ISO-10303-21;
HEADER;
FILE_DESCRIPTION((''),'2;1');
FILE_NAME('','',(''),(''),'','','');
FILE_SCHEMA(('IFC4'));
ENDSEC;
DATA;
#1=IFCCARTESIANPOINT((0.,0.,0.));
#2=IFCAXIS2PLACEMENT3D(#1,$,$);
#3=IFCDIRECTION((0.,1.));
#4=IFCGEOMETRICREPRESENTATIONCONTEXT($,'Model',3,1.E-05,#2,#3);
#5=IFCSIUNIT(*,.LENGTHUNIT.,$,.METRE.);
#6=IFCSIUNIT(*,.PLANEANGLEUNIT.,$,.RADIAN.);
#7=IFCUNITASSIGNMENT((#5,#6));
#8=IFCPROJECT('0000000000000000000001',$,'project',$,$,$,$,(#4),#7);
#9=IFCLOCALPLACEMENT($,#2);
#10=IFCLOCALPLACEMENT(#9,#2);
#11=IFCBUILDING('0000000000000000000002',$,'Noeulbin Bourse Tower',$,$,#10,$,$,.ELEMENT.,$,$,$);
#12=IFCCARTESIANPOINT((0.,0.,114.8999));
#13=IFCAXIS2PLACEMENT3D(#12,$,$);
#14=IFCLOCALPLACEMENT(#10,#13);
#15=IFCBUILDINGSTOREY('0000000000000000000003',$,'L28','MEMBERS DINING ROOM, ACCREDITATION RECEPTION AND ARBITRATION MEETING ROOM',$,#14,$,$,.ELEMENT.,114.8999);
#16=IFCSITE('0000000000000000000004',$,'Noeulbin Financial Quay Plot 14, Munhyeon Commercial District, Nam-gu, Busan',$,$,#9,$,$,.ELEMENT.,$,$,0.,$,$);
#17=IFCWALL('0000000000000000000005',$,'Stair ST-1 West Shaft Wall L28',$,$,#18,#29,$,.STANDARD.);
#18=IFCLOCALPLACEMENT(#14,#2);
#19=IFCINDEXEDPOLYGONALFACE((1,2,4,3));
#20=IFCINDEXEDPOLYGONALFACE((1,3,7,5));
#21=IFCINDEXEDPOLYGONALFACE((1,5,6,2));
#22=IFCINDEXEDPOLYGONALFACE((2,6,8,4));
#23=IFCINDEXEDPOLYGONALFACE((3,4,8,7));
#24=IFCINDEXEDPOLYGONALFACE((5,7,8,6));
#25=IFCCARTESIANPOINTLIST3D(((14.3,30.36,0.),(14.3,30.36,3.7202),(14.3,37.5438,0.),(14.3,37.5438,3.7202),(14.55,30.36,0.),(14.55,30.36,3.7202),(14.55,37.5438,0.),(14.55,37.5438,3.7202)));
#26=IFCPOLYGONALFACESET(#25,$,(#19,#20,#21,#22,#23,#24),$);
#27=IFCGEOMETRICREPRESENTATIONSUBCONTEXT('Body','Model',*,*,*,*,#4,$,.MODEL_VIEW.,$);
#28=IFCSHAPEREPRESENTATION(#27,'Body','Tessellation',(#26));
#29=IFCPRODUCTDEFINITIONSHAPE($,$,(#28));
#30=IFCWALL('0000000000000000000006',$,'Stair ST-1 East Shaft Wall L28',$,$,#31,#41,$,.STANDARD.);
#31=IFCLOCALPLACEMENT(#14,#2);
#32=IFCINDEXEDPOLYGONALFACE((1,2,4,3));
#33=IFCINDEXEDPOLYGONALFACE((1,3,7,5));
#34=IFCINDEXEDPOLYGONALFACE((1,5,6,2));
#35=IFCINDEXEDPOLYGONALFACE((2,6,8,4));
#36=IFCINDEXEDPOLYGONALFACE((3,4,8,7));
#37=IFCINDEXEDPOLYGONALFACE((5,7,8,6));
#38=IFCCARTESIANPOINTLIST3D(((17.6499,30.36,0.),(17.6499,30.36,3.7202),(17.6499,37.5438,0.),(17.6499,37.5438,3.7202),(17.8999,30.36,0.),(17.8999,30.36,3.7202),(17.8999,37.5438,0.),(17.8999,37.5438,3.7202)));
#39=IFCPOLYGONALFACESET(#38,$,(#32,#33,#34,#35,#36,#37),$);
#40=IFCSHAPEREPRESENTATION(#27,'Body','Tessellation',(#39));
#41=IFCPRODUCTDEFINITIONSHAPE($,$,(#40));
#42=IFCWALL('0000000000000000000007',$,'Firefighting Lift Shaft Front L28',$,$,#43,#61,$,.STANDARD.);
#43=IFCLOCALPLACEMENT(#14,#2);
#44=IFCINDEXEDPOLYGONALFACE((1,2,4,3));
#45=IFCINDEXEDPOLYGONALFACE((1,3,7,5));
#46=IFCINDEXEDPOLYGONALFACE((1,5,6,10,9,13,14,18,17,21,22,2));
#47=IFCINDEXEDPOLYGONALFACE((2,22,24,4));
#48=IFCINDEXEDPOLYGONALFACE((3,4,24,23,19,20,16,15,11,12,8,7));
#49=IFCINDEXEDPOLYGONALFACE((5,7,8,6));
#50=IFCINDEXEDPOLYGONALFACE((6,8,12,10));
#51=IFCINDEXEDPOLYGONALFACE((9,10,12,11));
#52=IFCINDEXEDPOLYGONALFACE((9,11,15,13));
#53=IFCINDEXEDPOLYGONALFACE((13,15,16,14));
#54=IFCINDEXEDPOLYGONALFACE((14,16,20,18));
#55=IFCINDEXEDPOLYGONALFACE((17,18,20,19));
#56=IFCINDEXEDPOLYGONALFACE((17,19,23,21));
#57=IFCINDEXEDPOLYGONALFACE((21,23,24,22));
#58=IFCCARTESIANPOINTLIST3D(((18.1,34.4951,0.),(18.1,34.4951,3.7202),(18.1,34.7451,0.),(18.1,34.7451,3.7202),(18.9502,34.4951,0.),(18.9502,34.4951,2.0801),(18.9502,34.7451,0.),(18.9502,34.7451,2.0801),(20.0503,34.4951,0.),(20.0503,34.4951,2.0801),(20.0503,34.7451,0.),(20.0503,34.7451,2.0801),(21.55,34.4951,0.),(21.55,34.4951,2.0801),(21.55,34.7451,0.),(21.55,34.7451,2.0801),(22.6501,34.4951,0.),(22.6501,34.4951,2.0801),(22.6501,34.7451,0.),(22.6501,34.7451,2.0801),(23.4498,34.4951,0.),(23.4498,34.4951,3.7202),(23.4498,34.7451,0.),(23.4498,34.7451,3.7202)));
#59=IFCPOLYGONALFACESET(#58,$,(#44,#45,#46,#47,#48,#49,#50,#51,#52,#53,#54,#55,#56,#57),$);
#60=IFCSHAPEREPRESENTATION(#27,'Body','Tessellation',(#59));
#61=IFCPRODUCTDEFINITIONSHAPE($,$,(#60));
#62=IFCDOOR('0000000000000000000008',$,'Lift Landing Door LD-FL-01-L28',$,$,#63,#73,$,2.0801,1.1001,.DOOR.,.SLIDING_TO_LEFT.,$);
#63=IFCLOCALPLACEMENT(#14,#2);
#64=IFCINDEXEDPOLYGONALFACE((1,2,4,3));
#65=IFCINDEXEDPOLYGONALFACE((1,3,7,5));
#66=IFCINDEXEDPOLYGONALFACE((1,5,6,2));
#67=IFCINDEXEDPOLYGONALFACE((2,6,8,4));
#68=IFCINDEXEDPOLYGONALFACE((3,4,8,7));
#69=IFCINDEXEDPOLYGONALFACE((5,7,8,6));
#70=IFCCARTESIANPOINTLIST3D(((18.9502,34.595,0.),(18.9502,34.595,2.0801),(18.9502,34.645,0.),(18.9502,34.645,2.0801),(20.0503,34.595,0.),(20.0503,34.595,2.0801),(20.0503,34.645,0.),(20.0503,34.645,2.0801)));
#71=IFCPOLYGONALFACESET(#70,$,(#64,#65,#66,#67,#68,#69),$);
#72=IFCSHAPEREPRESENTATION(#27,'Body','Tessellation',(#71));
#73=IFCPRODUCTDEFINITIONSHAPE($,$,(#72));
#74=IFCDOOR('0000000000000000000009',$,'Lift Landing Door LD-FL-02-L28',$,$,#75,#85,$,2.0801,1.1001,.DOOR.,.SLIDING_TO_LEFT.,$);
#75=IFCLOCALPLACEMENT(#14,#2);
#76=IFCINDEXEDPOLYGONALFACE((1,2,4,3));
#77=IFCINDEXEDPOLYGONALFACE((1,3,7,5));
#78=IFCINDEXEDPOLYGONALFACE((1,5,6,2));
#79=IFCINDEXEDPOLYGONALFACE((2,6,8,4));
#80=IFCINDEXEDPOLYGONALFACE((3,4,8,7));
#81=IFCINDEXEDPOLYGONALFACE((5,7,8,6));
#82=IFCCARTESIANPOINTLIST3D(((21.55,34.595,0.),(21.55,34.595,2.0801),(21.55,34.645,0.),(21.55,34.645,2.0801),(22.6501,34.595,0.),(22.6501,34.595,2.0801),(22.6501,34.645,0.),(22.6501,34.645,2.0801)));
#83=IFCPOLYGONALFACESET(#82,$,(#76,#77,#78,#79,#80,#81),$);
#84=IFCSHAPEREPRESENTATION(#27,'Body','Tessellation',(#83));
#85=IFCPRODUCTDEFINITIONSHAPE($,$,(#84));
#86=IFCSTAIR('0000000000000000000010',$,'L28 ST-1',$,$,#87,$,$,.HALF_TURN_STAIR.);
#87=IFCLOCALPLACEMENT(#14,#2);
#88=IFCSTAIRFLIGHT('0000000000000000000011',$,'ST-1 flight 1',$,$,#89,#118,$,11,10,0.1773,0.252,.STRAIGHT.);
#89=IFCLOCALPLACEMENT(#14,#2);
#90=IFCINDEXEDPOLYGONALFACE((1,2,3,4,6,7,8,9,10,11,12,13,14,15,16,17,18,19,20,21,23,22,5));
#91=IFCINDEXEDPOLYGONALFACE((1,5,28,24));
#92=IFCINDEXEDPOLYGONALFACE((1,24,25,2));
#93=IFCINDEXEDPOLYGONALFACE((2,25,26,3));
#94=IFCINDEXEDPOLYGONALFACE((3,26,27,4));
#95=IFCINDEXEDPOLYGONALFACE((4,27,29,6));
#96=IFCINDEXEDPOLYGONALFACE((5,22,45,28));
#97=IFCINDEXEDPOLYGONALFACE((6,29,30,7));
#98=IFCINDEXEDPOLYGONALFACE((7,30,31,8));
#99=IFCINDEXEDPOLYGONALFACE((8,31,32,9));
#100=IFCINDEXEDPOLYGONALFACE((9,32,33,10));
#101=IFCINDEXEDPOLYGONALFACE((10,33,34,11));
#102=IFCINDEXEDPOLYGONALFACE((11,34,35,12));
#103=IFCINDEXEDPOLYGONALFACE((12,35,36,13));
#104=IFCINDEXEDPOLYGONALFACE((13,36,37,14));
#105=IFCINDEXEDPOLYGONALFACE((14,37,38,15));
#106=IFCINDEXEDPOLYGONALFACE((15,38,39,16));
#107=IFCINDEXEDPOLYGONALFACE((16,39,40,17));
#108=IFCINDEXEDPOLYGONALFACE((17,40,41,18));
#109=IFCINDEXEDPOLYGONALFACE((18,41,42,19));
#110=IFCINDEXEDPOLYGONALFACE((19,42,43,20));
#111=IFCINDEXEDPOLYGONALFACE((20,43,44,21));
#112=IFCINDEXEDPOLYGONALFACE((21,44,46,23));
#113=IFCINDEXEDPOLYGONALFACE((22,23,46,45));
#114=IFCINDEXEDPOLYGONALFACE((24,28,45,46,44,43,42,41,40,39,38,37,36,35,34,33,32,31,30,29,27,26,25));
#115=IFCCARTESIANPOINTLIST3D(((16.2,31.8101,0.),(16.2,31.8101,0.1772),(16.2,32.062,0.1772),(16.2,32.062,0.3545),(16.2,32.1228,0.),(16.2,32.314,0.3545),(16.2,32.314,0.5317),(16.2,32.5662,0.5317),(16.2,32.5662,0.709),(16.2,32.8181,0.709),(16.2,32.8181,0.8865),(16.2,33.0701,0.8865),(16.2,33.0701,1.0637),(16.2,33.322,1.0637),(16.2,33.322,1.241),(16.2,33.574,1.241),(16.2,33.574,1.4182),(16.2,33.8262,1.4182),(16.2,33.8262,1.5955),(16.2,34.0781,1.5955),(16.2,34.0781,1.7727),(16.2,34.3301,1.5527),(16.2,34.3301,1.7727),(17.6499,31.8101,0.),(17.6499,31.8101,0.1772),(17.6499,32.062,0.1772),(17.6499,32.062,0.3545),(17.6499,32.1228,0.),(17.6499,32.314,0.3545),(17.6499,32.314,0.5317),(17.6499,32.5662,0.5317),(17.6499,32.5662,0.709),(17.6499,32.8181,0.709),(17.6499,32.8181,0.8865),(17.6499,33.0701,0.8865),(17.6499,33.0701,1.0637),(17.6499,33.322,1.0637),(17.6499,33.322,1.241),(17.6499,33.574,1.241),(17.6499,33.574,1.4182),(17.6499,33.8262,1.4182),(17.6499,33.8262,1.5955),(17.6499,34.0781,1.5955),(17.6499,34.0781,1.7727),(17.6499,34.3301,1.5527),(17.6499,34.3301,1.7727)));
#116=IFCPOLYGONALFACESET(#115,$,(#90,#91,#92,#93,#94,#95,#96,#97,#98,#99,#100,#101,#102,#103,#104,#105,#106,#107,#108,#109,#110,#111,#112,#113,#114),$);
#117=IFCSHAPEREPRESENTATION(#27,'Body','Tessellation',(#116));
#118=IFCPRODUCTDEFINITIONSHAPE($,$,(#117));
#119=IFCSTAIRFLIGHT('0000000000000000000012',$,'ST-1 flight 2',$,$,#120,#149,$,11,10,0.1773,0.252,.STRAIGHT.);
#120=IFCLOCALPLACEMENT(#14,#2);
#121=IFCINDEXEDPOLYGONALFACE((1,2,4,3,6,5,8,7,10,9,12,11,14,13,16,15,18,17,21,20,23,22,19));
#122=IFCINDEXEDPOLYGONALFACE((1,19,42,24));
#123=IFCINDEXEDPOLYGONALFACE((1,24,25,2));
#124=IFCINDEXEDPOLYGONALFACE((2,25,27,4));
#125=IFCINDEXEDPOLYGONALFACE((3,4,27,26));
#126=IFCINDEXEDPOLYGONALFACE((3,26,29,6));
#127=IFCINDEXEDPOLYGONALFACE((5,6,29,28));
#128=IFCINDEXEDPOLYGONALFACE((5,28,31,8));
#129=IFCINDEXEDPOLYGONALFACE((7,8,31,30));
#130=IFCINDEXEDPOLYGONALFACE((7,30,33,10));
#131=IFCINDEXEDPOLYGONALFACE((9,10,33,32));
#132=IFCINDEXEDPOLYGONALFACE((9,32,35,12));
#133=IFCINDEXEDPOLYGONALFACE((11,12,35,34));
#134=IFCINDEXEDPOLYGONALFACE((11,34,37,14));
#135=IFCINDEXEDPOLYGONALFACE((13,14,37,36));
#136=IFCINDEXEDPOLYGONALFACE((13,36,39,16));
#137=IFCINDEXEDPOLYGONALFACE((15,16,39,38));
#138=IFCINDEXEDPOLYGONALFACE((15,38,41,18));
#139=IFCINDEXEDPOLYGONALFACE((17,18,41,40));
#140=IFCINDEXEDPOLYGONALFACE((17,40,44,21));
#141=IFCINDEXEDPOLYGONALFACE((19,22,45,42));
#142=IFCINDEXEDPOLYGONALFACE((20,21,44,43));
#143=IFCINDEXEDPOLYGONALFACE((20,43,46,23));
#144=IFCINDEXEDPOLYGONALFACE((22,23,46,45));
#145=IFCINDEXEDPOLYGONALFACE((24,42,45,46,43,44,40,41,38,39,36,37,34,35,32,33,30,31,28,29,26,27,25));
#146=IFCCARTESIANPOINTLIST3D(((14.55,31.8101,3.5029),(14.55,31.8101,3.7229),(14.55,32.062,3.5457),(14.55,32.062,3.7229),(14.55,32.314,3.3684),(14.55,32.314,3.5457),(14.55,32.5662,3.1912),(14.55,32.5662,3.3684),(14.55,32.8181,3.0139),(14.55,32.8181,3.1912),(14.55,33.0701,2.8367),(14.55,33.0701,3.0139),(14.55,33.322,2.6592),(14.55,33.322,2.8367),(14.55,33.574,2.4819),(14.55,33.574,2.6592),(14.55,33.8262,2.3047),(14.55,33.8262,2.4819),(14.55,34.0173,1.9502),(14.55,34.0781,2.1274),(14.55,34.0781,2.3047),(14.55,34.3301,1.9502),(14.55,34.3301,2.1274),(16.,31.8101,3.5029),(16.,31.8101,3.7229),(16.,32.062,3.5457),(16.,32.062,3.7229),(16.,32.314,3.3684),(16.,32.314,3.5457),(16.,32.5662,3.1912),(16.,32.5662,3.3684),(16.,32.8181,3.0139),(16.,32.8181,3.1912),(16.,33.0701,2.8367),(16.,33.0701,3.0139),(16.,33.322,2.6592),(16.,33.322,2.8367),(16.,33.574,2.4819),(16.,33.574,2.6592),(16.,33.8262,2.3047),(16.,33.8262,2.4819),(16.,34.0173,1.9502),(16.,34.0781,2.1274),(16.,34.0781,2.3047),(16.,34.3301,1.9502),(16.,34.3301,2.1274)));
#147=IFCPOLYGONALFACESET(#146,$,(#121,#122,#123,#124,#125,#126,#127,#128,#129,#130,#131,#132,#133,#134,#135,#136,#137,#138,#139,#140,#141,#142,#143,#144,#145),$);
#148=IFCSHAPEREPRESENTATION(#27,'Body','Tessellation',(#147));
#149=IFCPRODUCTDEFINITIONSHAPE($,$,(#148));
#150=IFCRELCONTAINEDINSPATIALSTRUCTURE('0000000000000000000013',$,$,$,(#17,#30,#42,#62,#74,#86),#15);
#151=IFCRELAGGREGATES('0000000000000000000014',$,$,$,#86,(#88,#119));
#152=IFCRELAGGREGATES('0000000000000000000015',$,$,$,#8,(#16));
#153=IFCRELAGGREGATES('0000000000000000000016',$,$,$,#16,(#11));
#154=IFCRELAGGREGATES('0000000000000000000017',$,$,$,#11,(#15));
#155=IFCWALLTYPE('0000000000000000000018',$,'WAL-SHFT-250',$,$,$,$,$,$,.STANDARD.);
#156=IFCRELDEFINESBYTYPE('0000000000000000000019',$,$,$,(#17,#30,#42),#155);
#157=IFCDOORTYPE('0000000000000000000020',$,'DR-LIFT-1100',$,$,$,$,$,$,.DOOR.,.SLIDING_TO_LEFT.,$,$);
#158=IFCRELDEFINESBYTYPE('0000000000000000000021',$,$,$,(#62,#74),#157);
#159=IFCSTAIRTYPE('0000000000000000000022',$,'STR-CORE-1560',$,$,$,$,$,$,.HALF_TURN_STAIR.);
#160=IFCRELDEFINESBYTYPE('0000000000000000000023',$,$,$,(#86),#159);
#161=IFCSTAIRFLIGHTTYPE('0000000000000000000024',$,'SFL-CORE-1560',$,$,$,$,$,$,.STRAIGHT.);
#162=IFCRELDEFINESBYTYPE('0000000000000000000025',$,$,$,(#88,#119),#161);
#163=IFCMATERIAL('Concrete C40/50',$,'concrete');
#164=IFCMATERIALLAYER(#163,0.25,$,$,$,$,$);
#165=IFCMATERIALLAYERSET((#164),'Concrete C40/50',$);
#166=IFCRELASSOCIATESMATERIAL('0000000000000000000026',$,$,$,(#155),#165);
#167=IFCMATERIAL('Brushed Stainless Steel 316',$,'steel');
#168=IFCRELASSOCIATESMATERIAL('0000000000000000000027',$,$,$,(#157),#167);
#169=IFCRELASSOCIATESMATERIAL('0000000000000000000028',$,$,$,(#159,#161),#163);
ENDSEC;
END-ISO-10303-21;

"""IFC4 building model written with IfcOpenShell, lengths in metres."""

from ifc_helpers import new_model, si_unit, direction, frame, frame_2d, origin, place, context, subcontext, project, spatial, polyline, rectangle, outline, extrude, material, layer, layer_set, type_object, element, fill, aggregate, save


model = new_model("IFC4")

# Units and contexts
model_context = context("Model", 3, precision=1e-05, world=origin(), true_north=direction((0.0, 1.0)))
body_context = subcontext(model_context, "Body", "Model", "MODEL_VIEW")
ifc_project = project(units=[si_unit("LENGTHUNIT", "METRE"), si_unit("PLANEANGLEUNIT", "RADIAN")], contexts=[model_context])

# Site, building, storey
site_placement = place(None, origin())
site = spatial("IfcSite", under=ifc_project, at=site_placement, Name="Noeulbin Financial Quay Plot 14, Munhyeon Commercial District, Nam-gu, Busan", CompositionType="ELEMENT", RefElevation=0.0)
building_placement = place(site_placement, origin())
building = spatial("IfcBuilding", under=site, at=building_placement, Name="Noeulbin Bourse Tower", CompositionType="ELEMENT")
storey_placement = place(building_placement, frame((0.0, 0.0, 114.8999)))
storey = spatial("IfcBuildingStorey", under=building, at=storey_placement, Name="L28", Description="MEMBERS DINING ROOM, ACCREDITATION RECEPTION AND ARBITRATION MEETING ROOM", CompositionType="ELEMENT", Elevation=114.8999)

# Shared definitions
ifc_material_1 = material(Name="Concrete C40/50", Category="concrete")

# Shared definitions
ifc_layer_1 = layer(ifc_material_1, 0.25)
ifc_layer_set_1 = layer_set([ifc_layer_1], Name="Concrete C40/50")
wall_type_1 = type_object("IfcWallType", Name="WAL-SHFT-250", PredefinedType="STANDARD", material=ifc_layer_set_1)

# Walls
for number, where, z_axis, x_axis, name in (
    (1, (14.425, 30.3601, 0.0), (0.0, 0.0, 1.0), (0.0, 1.0, 0.0), "Stair ST-1 West Shaft Wall L28"),
    (2, (17.7749, 30.3601, 0.0), (0.0, 0.0, 1.0), (0.0, 1.0, 0.0), "Stair ST-1 East Shaft Wall L28"),
):
    element("IfcWall", number, at=place(storey_placement, frame(where, z_axis=z_axis, x_axis=x_axis)), inside=storey, type_object=wall_type_1, Name=name, PredefinedType="STANDARD", context=body_context, shape_type="SweptSolid", body=[
        extrude(rectangle(XDim=7.1838, YDim=0.25, at=frame_2d((3.5918, 0.0))), origin(), (0.0, 0.0, 1.0), 3.7202),
    ])

# Wall, openings, doors
wall_1_placement = place(storey_placement, frame((18.1001, 34.6201, 0.0), z_axis=(0.0, 0.0, 1.0), x_axis=(1.0, 0.0, 0.0)))
wall_1 = element("IfcWall", 3, at=wall_1_placement, inside=storey, type_object=wall_type_1, Name="Firefighting Lift Shaft Front L28", PredefinedType="STANDARD", context=body_context, shape_type="SweptSolid", body=[
    extrude(rectangle(XDim=5.3499, YDim=0.25, at=frame_2d((2.6748, 0.0))), origin(), (0.0, 0.0, 1.0), 3.7202),
])
opening_1_placement = place(wall_1_placement, frame((0.8501, 0.0, 0.0)))
opening_1 = element("IfcOpeningElement", 4, at=opening_1_placement, cuts=wall_1, PredefinedType="OPENING", context=body_context, shape_type="SweptSolid", body=[
    extrude(rectangle(XDim=1.1001, YDim=2.0801, at=frame_2d((0.55, 1.04))), frame((0.0, 0.135, 0.0), z_axis=(0.0, -1.0, 0.0), x_axis=(1.0, 0.0, 0.0)), (0.0, 0.0, 1.0), 0.27),
])
opening_2_placement = place(wall_1_placement, frame((3.45, 0.0, 0.0)))
opening_2 = element("IfcOpeningElement", 5, at=opening_2_placement, cuts=wall_1, PredefinedType="OPENING", context=body_context, shape_type="SweptSolid", body=[
    extrude(rectangle(XDim=1.1001, YDim=2.0801, at=frame_2d((0.55, 1.04))), frame((0.0, 0.135, 0.0), z_axis=(0.0, -1.0, 0.0), x_axis=(1.0, 0.0, 0.0)), (0.0, 0.0, 1.0), 0.27),
])
ifc_material_2 = material(Name="Brushed Stainless Steel 316", Category="steel")
door_type_1 = type_object("IfcDoorType", Name="DR-LIFT-1100", OperationType="SLIDING_TO_LEFT", PredefinedType="DOOR", material=ifc_material_2)
door_1_placement = place(opening_1_placement, origin())
door_1 = element("IfcDoor", 6, at=door_1_placement, inside=storey, type_object=door_type_1, Name="Lift Landing Door LD-FL-01-L28", OperationType="SLIDING_TO_LEFT", OverallHeight=2.0801, OverallWidth=1.1001, PredefinedType="DOOR", context=body_context, shape_type="SweptSolid", body=[
    extrude(rectangle(XDim=1.1001, YDim=2.0801, at=frame_2d((0.55, 1.04))), frame((0.0, 0.0249, 0.0), z_axis=(0.0, -1.0, 0.0), x_axis=(1.0, 0.0, 0.0)), (0.0, 0.0, 1.0), 0.05),
])
fill(opening_1, door_1)
door_2_placement = place(opening_2_placement, origin())
door_2 = element("IfcDoor", 7, at=door_2_placement, inside=storey, type_object=door_type_1, Name="Lift Landing Door LD-FL-02-L28", OperationType="SLIDING_TO_LEFT", OverallHeight=2.0801, OverallWidth=1.1001, PredefinedType="DOOR", context=body_context, shape_type="SweptSolid", body=[
    extrude(rectangle(XDim=1.1001, YDim=2.0801, at=frame_2d((0.55, 1.04))), frame((0.0, 0.0249, 0.0), z_axis=(0.0, -1.0, 0.0), x_axis=(1.0, 0.0, 0.0)), (0.0, 0.0, 1.0), 0.05),
])
fill(opening_2, door_2)

# Stair, stair flights
stair_type = type_object("IfcStairType", Name="STR-CORE-1560", PredefinedType="HALF_TURN_STAIR", material=ifc_material_1)
stair_placement = place(storey_placement, origin())
stair = element("IfcStair", 8, at=stair_placement, inside=storey, type_object=stair_type, Name="L28 ST-1", PredefinedType="HALF_TURN_STAIR")
stair_flight_type = type_object("IfcStairFlightType", Name="SFL-CORE-1560", PredefinedType="STRAIGHT", material=ifc_material_1)
stair_flight_1_placement = place(storey_placement, frame((16.925, 31.8101, 0.0), z_axis=(0.0, 0.0, 1.0), x_axis=(0.0, 1.0, 0.0)))
stair_flight_1 = element("IfcStairFlight", 9, at=stair_flight_1_placement, type_object=stair_flight_type, Name="ST-1 flight 1", NumberOfRisers=11, NumberOfTreads=10, PredefinedType="STRAIGHT", RiserHeight=0.1773, TreadLength=0.252, context=body_context, shape_type="SweptSolid", body=[
    extrude(outline(polyline([(0.0, 0.0), (0.0, 0.1772), (0.252, 0.1772), (0.252, 0.3545), (0.5039, 0.3545), (0.5039, 0.5317), (0.7561, 0.5317), (0.7561, 0.709), (1.0081, 0.709), (1.0081, 0.8865), (1.26, 0.8865), (1.26, 1.0637), (1.512, 1.0637), (1.512, 1.241), (1.7639, 1.241), (1.7639, 1.4182), (2.0161, 1.4182), (2.0161, 1.5955), (2.2681, 1.5955), (2.2681, 1.7727), (2.52, 1.7727), (2.52, 1.95), (2.52, 1.5527), (0.3127, 0.0), (0.0, 0.0)])), frame((0.0, 0.7251, 0.0), z_axis=(0.0, -1.0, 0.0), x_axis=(1.0, 0.0, 0.0)), (0.0, 0.0, 1.0), 1.45),
])
stair_flight_2_placement = place(storey_placement, frame((15.2749, 34.3301, 1.9502), z_axis=(0.0, 0.0, 1.0), x_axis=(0.0, -1.0, 0.0)))
stair_flight_2 = element("IfcStairFlight", 10, at=stair_flight_2_placement, type_object=stair_flight_type, Name="ST-1 flight 2", NumberOfRisers=11, NumberOfTreads=10, PredefinedType="STRAIGHT", RiserHeight=0.1773, TreadLength=0.252, context=body_context, shape_type="SweptSolid", body=[
    extrude(outline(polyline([(0.0, 0.0), (0.0, 0.1772), (0.252, 0.1772), (0.252, 0.3545), (0.5039, 0.3545), (0.5039, 0.5317), (0.7561, 0.5317), (0.7561, 0.709), (1.0081, 0.709), (1.0081, 0.8865), (1.26, 0.8865), (1.26, 1.0637), (1.512, 1.0637), (1.512, 1.241), (1.7639, 1.241), (1.7639, 1.4182), (2.0161, 1.4182), (2.0161, 1.5955), (2.2681, 1.5955), (2.2681, 1.7727), (2.52, 1.7727), (2.52, 1.95), (2.52, 1.5527), (0.3127, 0.0), (0.0, 0.0)])), frame((0.0, 0.7251, 0.0), z_axis=(0.0, -1.0, 0.0), x_axis=(1.0, 0.0, 0.0)), (0.0, 0.0, 1.0), 1.45),
])
aggregate(stair, [stair_flight_1, stair_flight_2])

save(model, "model.ifc")
